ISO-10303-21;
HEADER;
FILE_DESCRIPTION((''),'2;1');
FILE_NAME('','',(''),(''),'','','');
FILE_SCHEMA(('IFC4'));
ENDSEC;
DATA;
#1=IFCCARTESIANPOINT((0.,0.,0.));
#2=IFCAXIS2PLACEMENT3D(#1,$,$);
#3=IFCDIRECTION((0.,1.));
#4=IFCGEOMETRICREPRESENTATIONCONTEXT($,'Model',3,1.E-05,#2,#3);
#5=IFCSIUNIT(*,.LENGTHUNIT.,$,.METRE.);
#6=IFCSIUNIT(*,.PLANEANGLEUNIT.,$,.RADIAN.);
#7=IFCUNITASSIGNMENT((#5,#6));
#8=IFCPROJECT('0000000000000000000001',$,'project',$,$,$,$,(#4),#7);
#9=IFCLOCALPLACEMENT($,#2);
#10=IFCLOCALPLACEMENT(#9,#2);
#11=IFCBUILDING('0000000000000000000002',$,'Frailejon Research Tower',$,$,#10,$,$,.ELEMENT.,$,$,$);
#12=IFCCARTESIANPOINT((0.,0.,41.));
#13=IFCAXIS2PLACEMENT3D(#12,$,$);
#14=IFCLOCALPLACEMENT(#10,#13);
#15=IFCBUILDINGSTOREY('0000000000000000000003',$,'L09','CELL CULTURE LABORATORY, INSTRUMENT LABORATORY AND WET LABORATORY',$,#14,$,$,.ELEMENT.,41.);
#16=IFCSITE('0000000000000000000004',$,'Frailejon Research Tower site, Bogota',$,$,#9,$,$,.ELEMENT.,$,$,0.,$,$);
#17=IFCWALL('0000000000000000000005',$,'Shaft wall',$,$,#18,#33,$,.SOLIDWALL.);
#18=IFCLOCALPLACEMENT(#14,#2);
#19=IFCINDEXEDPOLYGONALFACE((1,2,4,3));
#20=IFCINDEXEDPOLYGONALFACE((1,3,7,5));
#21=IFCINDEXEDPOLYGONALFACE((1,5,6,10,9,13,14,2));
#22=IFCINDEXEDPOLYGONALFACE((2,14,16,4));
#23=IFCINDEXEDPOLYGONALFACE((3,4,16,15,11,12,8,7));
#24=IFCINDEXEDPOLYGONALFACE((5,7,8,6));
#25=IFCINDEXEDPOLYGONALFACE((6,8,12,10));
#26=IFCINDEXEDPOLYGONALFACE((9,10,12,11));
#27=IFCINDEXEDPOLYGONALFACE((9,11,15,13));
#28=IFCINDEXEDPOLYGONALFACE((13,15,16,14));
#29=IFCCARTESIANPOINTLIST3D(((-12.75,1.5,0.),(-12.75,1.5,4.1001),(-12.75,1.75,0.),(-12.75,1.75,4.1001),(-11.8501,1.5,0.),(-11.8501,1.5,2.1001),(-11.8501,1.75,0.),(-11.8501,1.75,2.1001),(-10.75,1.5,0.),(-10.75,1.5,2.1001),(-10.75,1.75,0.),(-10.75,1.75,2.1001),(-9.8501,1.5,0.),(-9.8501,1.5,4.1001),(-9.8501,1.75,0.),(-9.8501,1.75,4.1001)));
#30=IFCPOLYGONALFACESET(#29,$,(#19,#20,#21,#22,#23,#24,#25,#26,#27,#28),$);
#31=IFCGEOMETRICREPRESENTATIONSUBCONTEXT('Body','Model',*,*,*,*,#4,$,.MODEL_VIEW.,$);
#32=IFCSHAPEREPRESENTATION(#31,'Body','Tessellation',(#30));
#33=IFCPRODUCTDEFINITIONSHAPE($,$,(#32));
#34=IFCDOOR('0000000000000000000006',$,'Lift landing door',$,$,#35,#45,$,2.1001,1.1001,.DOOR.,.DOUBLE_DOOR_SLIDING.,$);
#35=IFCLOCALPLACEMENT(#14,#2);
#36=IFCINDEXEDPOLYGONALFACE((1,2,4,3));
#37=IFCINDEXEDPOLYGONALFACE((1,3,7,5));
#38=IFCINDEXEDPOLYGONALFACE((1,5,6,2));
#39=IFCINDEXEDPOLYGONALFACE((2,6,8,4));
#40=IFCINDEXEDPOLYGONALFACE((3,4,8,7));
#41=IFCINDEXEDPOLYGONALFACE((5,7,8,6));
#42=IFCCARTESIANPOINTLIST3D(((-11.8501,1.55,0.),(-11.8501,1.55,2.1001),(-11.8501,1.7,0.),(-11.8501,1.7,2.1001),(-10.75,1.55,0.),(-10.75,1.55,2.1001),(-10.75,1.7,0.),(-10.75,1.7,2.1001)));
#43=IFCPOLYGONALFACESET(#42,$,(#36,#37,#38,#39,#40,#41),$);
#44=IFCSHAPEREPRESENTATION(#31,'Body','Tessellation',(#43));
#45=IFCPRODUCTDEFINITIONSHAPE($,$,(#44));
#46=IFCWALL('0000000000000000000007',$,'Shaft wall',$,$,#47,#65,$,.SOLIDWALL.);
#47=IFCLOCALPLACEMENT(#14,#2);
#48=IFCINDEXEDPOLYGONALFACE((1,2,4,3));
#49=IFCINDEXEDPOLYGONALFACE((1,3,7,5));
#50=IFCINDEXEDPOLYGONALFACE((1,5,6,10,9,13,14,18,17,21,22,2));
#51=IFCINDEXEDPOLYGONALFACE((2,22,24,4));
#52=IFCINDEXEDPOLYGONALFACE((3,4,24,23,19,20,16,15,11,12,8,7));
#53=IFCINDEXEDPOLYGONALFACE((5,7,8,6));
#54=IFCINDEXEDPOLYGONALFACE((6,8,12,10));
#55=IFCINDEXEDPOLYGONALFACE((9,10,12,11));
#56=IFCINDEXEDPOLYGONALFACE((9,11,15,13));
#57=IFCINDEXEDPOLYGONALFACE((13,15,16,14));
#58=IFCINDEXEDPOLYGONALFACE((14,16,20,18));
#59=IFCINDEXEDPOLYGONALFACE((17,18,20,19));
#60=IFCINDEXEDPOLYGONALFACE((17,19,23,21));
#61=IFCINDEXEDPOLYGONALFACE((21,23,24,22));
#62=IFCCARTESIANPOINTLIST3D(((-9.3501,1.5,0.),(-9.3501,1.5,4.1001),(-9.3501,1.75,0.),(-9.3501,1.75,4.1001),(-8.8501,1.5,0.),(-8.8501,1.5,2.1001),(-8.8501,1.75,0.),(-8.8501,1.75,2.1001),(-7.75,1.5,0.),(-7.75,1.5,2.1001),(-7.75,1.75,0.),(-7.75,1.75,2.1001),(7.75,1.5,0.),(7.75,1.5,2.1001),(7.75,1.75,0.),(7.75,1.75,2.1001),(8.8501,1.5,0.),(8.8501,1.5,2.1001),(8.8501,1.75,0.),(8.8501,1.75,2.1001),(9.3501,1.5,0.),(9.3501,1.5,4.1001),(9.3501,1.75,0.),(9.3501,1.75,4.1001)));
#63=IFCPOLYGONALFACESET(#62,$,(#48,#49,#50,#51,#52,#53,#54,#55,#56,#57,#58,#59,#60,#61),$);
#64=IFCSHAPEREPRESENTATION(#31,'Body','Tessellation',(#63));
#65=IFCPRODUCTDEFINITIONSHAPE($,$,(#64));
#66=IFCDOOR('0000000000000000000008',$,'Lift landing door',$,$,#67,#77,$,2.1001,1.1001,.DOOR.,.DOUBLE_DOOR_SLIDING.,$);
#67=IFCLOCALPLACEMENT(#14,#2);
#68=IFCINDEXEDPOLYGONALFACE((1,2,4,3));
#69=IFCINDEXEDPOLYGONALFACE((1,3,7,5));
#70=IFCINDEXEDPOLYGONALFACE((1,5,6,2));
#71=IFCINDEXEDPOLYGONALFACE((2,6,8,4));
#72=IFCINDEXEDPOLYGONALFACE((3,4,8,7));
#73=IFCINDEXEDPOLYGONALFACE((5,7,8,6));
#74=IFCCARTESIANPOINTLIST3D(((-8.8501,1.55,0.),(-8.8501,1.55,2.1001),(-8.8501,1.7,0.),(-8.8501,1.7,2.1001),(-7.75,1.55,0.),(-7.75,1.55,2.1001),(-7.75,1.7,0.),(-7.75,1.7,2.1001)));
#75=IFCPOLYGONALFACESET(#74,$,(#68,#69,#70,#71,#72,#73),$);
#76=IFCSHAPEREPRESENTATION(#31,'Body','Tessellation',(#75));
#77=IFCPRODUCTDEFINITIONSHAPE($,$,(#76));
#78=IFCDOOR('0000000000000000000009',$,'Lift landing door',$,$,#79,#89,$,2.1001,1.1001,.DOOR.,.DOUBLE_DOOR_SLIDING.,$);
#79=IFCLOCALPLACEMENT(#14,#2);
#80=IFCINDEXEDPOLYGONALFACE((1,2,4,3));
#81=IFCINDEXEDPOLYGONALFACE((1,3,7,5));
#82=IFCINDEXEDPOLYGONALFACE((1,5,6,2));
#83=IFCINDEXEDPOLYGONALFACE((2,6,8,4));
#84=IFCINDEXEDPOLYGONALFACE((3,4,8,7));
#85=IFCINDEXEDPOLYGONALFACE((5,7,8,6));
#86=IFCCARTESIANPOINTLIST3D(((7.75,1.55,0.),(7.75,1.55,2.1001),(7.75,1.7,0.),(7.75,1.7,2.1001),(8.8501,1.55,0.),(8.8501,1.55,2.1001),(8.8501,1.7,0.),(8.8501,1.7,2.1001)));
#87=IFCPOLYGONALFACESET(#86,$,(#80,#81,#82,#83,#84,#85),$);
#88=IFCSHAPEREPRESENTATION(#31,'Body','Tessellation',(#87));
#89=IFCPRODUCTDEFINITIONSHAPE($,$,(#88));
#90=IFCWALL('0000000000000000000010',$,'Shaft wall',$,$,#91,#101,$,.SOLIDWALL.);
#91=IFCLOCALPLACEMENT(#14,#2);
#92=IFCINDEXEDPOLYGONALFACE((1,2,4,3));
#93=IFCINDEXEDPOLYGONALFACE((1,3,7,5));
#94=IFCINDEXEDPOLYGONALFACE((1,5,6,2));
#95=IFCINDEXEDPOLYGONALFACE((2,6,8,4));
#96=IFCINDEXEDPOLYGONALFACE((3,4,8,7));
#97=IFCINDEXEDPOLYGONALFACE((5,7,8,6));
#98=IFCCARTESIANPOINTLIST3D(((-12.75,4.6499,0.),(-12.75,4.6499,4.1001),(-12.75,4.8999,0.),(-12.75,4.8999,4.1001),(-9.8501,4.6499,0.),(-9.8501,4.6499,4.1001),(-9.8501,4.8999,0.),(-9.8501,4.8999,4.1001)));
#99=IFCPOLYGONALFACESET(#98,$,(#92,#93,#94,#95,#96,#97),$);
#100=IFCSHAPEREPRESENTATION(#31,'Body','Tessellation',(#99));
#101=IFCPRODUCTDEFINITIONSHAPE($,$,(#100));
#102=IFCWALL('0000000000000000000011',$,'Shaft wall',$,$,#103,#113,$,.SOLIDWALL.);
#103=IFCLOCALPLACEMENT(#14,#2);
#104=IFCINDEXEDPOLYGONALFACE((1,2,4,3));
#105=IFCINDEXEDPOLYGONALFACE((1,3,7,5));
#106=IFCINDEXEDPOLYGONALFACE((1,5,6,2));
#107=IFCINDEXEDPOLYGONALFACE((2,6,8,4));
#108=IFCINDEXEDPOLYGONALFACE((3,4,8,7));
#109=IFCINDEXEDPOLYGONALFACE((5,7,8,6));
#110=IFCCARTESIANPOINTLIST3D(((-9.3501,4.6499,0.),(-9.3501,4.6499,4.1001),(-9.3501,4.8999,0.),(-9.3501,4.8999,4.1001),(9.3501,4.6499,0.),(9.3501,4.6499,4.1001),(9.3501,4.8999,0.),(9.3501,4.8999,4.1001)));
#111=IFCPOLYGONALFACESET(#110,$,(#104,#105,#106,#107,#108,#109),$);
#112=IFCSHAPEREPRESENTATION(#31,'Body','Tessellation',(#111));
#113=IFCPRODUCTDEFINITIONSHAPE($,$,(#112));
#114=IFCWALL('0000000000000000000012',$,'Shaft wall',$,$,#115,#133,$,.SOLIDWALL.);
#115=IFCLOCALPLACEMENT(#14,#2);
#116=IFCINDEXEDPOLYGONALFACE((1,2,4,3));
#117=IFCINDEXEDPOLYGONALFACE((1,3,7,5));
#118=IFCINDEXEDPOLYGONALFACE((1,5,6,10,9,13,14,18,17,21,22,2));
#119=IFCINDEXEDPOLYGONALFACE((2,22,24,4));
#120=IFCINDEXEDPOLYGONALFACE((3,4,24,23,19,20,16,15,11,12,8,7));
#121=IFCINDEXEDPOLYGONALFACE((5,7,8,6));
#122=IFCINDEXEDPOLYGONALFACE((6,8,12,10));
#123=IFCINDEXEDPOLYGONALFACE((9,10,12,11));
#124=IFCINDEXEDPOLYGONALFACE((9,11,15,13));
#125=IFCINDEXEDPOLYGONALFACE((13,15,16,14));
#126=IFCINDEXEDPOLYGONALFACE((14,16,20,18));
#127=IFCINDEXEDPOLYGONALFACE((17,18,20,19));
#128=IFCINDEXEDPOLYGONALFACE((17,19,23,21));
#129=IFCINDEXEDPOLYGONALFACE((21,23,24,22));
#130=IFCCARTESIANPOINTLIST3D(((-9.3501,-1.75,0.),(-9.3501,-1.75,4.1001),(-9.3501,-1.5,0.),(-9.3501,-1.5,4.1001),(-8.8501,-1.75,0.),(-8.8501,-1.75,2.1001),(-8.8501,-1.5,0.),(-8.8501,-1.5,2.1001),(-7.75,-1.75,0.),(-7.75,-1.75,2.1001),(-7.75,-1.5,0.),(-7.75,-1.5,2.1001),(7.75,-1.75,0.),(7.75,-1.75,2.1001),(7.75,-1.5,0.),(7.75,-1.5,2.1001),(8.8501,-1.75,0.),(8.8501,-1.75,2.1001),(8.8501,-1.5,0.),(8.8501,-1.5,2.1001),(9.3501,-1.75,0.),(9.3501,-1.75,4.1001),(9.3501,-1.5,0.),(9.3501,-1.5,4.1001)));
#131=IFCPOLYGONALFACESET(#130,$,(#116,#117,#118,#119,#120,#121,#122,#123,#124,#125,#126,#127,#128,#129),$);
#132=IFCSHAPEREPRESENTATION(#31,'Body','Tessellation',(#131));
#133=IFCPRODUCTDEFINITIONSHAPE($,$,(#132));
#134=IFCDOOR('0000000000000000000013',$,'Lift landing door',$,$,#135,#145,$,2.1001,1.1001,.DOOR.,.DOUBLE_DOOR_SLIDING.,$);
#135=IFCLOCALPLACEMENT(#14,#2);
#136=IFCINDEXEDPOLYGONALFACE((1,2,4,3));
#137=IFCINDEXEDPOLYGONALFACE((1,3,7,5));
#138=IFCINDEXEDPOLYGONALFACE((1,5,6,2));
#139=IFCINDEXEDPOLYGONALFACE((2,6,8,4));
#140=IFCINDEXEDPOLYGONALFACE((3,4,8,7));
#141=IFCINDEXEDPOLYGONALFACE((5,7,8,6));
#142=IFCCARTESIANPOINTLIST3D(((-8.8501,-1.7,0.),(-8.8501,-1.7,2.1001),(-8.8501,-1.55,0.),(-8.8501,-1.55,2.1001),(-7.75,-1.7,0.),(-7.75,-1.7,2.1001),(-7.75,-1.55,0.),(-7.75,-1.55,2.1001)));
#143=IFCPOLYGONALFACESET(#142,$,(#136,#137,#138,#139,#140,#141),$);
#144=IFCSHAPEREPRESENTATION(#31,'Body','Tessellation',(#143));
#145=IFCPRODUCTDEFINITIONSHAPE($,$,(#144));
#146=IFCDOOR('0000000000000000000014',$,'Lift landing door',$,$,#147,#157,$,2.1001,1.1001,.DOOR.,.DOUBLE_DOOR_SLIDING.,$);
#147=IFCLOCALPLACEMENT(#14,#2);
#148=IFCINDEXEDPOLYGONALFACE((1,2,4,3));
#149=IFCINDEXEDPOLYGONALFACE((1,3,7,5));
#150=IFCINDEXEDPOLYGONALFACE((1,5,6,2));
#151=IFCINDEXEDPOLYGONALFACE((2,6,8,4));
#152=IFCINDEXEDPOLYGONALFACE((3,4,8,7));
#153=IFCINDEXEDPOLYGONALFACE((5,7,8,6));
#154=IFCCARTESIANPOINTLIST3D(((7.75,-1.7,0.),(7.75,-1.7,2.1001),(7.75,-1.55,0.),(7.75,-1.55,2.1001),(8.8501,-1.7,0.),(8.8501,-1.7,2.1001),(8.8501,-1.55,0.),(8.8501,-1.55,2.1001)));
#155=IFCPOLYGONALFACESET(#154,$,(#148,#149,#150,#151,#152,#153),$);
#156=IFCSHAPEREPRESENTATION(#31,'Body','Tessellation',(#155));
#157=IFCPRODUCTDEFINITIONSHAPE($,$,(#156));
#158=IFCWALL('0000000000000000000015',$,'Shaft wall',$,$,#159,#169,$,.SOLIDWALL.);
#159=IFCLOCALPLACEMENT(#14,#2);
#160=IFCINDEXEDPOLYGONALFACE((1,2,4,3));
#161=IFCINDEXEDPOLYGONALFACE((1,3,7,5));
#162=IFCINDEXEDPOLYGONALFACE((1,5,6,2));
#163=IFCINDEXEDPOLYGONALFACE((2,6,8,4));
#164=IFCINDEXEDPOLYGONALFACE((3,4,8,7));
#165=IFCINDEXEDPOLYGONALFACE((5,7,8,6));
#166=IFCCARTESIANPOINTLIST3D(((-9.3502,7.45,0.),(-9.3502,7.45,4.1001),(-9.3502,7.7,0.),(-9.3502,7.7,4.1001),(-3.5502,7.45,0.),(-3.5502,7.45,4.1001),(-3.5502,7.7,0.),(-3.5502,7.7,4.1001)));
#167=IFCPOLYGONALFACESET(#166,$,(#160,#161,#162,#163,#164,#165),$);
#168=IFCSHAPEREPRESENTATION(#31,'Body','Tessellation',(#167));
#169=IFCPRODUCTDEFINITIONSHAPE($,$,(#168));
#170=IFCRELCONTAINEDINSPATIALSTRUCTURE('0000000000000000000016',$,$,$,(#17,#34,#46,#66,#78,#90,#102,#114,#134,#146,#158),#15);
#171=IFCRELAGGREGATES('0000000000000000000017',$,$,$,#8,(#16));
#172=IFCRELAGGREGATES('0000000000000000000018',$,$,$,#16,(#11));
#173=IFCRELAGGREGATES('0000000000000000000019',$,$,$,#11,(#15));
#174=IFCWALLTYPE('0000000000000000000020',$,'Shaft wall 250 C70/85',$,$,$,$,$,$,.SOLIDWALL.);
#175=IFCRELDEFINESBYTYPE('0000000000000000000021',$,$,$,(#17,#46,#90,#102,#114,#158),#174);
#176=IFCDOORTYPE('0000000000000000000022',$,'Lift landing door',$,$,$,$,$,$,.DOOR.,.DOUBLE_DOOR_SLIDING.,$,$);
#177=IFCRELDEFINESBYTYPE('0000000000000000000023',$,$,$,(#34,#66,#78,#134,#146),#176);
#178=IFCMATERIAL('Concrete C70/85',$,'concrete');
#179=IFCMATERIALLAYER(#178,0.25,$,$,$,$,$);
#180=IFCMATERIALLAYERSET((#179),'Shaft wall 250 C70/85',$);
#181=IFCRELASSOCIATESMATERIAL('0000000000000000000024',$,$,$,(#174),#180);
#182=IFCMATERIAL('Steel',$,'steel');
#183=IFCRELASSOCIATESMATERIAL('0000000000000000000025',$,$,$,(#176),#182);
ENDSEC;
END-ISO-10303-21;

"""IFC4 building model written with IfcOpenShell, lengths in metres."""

from ifc_helpers import new_model, si_unit, direction, frame, frame_2d, origin, place, context, subcontext, project, spatial, rectangle, extrude, material, layer, layer_set, type_object, element, fill, save


model = new_model("IFC4")

# Units and contexts
model_context = context("Model", 3, precision=1e-05, world=origin(), true_north=direction((0.0, 1.0)))
body_context = subcontext(model_context, "Body", "Model", "MODEL_VIEW")
ifc_project = project(units=[si_unit("LENGTHUNIT", "METRE"), si_unit("PLANEANGLEUNIT", "RADIAN")], contexts=[model_context])

# Site, building, storey
site_placement = place(None, origin())
site = spatial("IfcSite", under=ifc_project, at=site_placement, Name="Frailejon Research Tower site, Bogota", CompositionType="ELEMENT", RefElevation=0.0)
building_placement = place(site_placement, origin())
building = spatial("IfcBuilding", under=site, at=building_placement, Name="Frailejon Research Tower", CompositionType="ELEMENT")
storey_placement = place(building_placement, frame((0.0, 0.0, 41.0)))
storey = spatial("IfcBuildingStorey", under=building, at=storey_placement, Name="L09", Description="CELL CULTURE LABORATORY, INSTRUMENT LABORATORY AND WET LABORATORY", CompositionType="ELEMENT", Elevation=41.0)

# Wall, opening, door
ifc_material_1 = material(Name="Concrete C70/85", Category="concrete")
ifc_layer_1 = layer(ifc_material_1, 0.25)
ifc_layer_set_1 = layer_set([ifc_layer_1], Name="Shaft wall 250 C70/85")
wall_type_1 = type_object("IfcWallType", Name="Shaft wall 250 C70/85", PredefinedType="SOLIDWALL", material=ifc_layer_set_1)
wall_1_placement = place(storey_placement, frame((-12.75, 1.625, 0.0), z_axis=(0.0, 0.0, 1.0), x_axis=(1.0, 0.0, 0.0)))
wall_1 = element("IfcWall", 1, at=wall_1_placement, inside=storey, type_object=wall_type_1, Name="Shaft wall", PredefinedType="SOLIDWALL", context=body_context, shape_type="SweptSolid", body=[
    extrude(rectangle(XDim=2.8999, YDim=0.25, at=frame_2d((1.45, 0.0))), origin(), (0.0, 0.0, 1.0), 4.1001),
])
opening_1_placement = place(wall_1_placement, frame((0.8999, 0.0, 0.0)))
opening_1 = element("IfcOpeningElement", 2, at=opening_1_placement, cuts=wall_1, PredefinedType="OPENING", context=body_context, shape_type="SweptSolid", body=[
    extrude(rectangle(XDim=1.1001, YDim=2.1001, at=frame_2d((0.55, 1.05))), frame((0.0, 0.135, 0.0), z_axis=(0.0, -1.0, 0.0), x_axis=(1.0, 0.0, 0.0)), (0.0, 0.0, 1.0), 0.27),
])
ifc_material_2 = material(Name="Steel", Category="steel")
door_type_1 = type_object("IfcDoorType", Name="Lift landing door", OperationType="DOUBLE_DOOR_SLIDING", PredefinedType="DOOR", material=ifc_material_2)
door_1_placement = place(opening_1_placement, origin())
door_1 = element("IfcDoor", 3, at=door_1_placement, inside=storey, type_object=door_type_1, Name="Lift landing door", OperationType="DOUBLE_DOOR_SLIDING", OverallHeight=2.1001, OverallWidth=1.1001, PredefinedType="DOOR", context=body_context, shape_type="SweptSolid", body=[
    extrude(rectangle(XDim=1.1001, YDim=2.1001, at=frame_2d((0.55, 1.05))), frame((0.0, 0.075, 0.0), z_axis=(0.0, -1.0, 0.0), x_axis=(1.0, 0.0, 0.0)), (0.0, 0.0, 1.0), 0.1499),
])
fill(opening_1, door_1)

# Wall, openings, doors
wall_2_placement = place(storey_placement, frame((-9.3501, 1.625, 0.0), z_axis=(0.0, 0.0, 1.0), x_axis=(1.0, 0.0, 0.0)))
wall_2 = element("IfcWall", 4, at=wall_2_placement, inside=storey, type_object=wall_type_1, Name="Shaft wall", PredefinedType="SOLIDWALL", context=body_context, shape_type="SweptSolid", body=[
    extrude(rectangle(XDim=18.7002, YDim=0.25, at=frame_2d((9.3501, 0.0))), origin(), (0.0, 0.0, 1.0), 4.1001),
])
opening_2_placement = place(wall_2_placement, frame((0.5, 0.0, 0.0)))
opening_2 = element("IfcOpeningElement", 5, at=opening_2_placement, cuts=wall_2, PredefinedType="OPENING", context=body_context, shape_type="SweptSolid", body=[
    extrude(rectangle(XDim=1.1001, YDim=2.1001, at=frame_2d((0.55, 1.05))), frame((0.0, 0.135, 0.0), z_axis=(0.0, -1.0, 0.0), x_axis=(1.0, 0.0, 0.0)), (0.0, 0.0, 1.0), 0.27),
])
opening_3_placement = place(wall_2_placement, frame((17.1001, 0.0, 0.0)))
opening_3 = element("IfcOpeningElement", 6, at=opening_3_placement, cuts=wall_2, PredefinedType="OPENING", context=body_context, shape_type="SweptSolid", body=[
    extrude(rectangle(XDim=1.1001, YDim=2.1001, at=frame_2d((0.55, 1.05))), frame((0.0, 0.135, 0.0), z_axis=(0.0, -1.0, 0.0), x_axis=(1.0, 0.0, 0.0)), (0.0, 0.0, 1.0), 0.27),
])
door_2_placement = place(opening_2_placement, origin())
door_2 = element("IfcDoor", 7, at=door_2_placement, inside=storey, type_object=door_type_1, Name="Lift landing door", OperationType="DOUBLE_DOOR_SLIDING", OverallHeight=2.1001, OverallWidth=1.1001, PredefinedType="DOOR", context=body_context, shape_type="SweptSolid", body=[
    extrude(rectangle(XDim=1.1001, YDim=2.1001, at=frame_2d((0.55, 1.05))), frame((0.0, 0.075, 0.0), z_axis=(0.0, -1.0, 0.0), x_axis=(1.0, 0.0, 0.0)), (0.0, 0.0, 1.0), 0.1499),
])
fill(opening_2, door_2)
door_3_placement = place(opening_3_placement, origin())
door_3 = element("IfcDoor", 8, at=door_3_placement, inside=storey, type_object=door_type_1, Name="Lift landing door", OperationType="DOUBLE_DOOR_SLIDING", OverallHeight=2.1001, OverallWidth=1.1001, PredefinedType="DOOR", context=body_context, shape_type="SweptSolid", body=[
    extrude(rectangle(XDim=1.1001, YDim=2.1001, at=frame_2d((0.55, 1.05))), frame((0.0, 0.075, 0.0), z_axis=(0.0, -1.0, 0.0), x_axis=(1.0, 0.0, 0.0)), (0.0, 0.0, 1.0), 0.1499),
])
fill(opening_3, door_3)

# Walls
wall_3_placement = place(storey_placement, frame((-12.75, 4.7749, 0.0), z_axis=(0.0, 0.0, 1.0), x_axis=(1.0, 0.0, 0.0)))
element("IfcWall", 9, at=wall_3_placement, inside=storey, type_object=wall_type_1, Name="Shaft wall", PredefinedType="SOLIDWALL", context=body_context, shape_type="SweptSolid", body=[
    extrude(rectangle(XDim=2.8999, YDim=0.25, at=frame_2d((1.45, 0.0))), origin(), (0.0, 0.0, 1.0), 4.1001),
])
wall_4_placement = place(storey_placement, frame((-9.3501, 4.7749, 0.0), z_axis=(0.0, 0.0, 1.0), x_axis=(1.0, 0.0, 0.0)))
element("IfcWall", 10, at=wall_4_placement, inside=storey, type_object=wall_type_1, Name="Shaft wall", PredefinedType="SOLIDWALL", context=body_context, shape_type="SweptSolid", body=[
    extrude(rectangle(XDim=18.7002, YDim=0.25, at=frame_2d((9.3501, 0.0))), origin(), (0.0, 0.0, 1.0), 4.1001),
])

# Wall, openings, doors
wall_5_placement = place(storey_placement, frame((-9.3501, -1.625, 0.0), z_axis=(0.0, 0.0, 1.0), x_axis=(1.0, 0.0, 0.0)))
wall_5 = element("IfcWall", 11, at=wall_5_placement, inside=storey, type_object=wall_type_1, Name="Shaft wall", PredefinedType="SOLIDWALL", context=body_context, shape_type="SweptSolid", body=[
    extrude(rectangle(XDim=18.7002, YDim=0.25, at=frame_2d((9.3501, 0.0))), origin(), (0.0, 0.0, 1.0), 4.1001),
])
opening_4_placement = place(wall_5_placement, frame((0.5, 0.0, 0.0)))
opening_4 = element("IfcOpeningElement", 12, at=opening_4_placement, cuts=wall_5, PredefinedType="OPENING", context=body_context, shape_type="SweptSolid", body=[
    extrude(rectangle(XDim=1.1001, YDim=2.1001, at=frame_2d((0.55, 1.05))), frame((0.0, 0.135, 0.0), z_axis=(0.0, -1.0, 0.0), x_axis=(1.0, 0.0, 0.0)), (0.0, 0.0, 1.0), 0.27),
])
opening_5_placement = place(wall_5_placement, frame((17.1001, 0.0, 0.0)))
opening_5 = element("IfcOpeningElement", 13, at=opening_5_placement, cuts=wall_5, PredefinedType="OPENING", context=body_context, shape_type="SweptSolid", body=[
    extrude(rectangle(XDim=1.1001, YDim=2.1001, at=frame_2d((0.55, 1.05))), frame((0.0, 0.135, 0.0), z_axis=(0.0, -1.0, 0.0), x_axis=(1.0, 0.0, 0.0)), (0.0, 0.0, 1.0), 0.27),
])
door_4_placement = place(opening_4_placement, origin())
door_4 = element("IfcDoor", 14, at=door_4_placement, inside=storey, type_object=door_type_1, Name="Lift landing door", OperationType="DOUBLE_DOOR_SLIDING", OverallHeight=2.1001, OverallWidth=1.1001, PredefinedType="DOOR", context=body_context, shape_type="SweptSolid", body=[
    extrude(rectangle(XDim=1.1001, YDim=2.1001, at=frame_2d((0.55, 1.05))), frame((0.0, 0.075, 0.0), z_axis=(0.0, -1.0, 0.0), x_axis=(1.0, 0.0, 0.0)), (0.0, 0.0, 1.0), 0.1499),
])
fill(opening_4, door_4)
door_5_placement = place(opening_5_placement, origin())
door_5 = element("IfcDoor", 15, at=door_5_placement, inside=storey, type_object=door_type_1, Name="Lift landing door", OperationType="DOUBLE_DOOR_SLIDING", OverallHeight=2.1001, OverallWidth=1.1001, PredefinedType="DOOR", context=body_context, shape_type="SweptSolid", body=[
    extrude(rectangle(XDim=1.1001, YDim=2.1001, at=frame_2d((0.55, 1.05))), frame((0.0, 0.075, 0.0), z_axis=(0.0, -1.0, 0.0), x_axis=(1.0, 0.0, 0.0)), (0.0, 0.0, 1.0), 0.1499),
])
fill(opening_5, door_5)

# Wall
wall_6_placement = place(storey_placement, frame((-9.3501, 7.575, 0.0), z_axis=(0.0, 0.0, 1.0), x_axis=(1.0, 0.0, 0.0)))
element("IfcWall", 16, at=wall_6_placement, inside=storey, type_object=wall_type_1, Name="Shaft wall", PredefinedType="SOLIDWALL", context=body_context, shape_type="SweptSolid", body=[
    extrude(rectangle(XDim=5.8, YDim=0.25, at=frame_2d((2.8999, 0.0))), origin(), (0.0, 0.0, 1.0), 4.1001),
])

save(model, "model.ifc")
